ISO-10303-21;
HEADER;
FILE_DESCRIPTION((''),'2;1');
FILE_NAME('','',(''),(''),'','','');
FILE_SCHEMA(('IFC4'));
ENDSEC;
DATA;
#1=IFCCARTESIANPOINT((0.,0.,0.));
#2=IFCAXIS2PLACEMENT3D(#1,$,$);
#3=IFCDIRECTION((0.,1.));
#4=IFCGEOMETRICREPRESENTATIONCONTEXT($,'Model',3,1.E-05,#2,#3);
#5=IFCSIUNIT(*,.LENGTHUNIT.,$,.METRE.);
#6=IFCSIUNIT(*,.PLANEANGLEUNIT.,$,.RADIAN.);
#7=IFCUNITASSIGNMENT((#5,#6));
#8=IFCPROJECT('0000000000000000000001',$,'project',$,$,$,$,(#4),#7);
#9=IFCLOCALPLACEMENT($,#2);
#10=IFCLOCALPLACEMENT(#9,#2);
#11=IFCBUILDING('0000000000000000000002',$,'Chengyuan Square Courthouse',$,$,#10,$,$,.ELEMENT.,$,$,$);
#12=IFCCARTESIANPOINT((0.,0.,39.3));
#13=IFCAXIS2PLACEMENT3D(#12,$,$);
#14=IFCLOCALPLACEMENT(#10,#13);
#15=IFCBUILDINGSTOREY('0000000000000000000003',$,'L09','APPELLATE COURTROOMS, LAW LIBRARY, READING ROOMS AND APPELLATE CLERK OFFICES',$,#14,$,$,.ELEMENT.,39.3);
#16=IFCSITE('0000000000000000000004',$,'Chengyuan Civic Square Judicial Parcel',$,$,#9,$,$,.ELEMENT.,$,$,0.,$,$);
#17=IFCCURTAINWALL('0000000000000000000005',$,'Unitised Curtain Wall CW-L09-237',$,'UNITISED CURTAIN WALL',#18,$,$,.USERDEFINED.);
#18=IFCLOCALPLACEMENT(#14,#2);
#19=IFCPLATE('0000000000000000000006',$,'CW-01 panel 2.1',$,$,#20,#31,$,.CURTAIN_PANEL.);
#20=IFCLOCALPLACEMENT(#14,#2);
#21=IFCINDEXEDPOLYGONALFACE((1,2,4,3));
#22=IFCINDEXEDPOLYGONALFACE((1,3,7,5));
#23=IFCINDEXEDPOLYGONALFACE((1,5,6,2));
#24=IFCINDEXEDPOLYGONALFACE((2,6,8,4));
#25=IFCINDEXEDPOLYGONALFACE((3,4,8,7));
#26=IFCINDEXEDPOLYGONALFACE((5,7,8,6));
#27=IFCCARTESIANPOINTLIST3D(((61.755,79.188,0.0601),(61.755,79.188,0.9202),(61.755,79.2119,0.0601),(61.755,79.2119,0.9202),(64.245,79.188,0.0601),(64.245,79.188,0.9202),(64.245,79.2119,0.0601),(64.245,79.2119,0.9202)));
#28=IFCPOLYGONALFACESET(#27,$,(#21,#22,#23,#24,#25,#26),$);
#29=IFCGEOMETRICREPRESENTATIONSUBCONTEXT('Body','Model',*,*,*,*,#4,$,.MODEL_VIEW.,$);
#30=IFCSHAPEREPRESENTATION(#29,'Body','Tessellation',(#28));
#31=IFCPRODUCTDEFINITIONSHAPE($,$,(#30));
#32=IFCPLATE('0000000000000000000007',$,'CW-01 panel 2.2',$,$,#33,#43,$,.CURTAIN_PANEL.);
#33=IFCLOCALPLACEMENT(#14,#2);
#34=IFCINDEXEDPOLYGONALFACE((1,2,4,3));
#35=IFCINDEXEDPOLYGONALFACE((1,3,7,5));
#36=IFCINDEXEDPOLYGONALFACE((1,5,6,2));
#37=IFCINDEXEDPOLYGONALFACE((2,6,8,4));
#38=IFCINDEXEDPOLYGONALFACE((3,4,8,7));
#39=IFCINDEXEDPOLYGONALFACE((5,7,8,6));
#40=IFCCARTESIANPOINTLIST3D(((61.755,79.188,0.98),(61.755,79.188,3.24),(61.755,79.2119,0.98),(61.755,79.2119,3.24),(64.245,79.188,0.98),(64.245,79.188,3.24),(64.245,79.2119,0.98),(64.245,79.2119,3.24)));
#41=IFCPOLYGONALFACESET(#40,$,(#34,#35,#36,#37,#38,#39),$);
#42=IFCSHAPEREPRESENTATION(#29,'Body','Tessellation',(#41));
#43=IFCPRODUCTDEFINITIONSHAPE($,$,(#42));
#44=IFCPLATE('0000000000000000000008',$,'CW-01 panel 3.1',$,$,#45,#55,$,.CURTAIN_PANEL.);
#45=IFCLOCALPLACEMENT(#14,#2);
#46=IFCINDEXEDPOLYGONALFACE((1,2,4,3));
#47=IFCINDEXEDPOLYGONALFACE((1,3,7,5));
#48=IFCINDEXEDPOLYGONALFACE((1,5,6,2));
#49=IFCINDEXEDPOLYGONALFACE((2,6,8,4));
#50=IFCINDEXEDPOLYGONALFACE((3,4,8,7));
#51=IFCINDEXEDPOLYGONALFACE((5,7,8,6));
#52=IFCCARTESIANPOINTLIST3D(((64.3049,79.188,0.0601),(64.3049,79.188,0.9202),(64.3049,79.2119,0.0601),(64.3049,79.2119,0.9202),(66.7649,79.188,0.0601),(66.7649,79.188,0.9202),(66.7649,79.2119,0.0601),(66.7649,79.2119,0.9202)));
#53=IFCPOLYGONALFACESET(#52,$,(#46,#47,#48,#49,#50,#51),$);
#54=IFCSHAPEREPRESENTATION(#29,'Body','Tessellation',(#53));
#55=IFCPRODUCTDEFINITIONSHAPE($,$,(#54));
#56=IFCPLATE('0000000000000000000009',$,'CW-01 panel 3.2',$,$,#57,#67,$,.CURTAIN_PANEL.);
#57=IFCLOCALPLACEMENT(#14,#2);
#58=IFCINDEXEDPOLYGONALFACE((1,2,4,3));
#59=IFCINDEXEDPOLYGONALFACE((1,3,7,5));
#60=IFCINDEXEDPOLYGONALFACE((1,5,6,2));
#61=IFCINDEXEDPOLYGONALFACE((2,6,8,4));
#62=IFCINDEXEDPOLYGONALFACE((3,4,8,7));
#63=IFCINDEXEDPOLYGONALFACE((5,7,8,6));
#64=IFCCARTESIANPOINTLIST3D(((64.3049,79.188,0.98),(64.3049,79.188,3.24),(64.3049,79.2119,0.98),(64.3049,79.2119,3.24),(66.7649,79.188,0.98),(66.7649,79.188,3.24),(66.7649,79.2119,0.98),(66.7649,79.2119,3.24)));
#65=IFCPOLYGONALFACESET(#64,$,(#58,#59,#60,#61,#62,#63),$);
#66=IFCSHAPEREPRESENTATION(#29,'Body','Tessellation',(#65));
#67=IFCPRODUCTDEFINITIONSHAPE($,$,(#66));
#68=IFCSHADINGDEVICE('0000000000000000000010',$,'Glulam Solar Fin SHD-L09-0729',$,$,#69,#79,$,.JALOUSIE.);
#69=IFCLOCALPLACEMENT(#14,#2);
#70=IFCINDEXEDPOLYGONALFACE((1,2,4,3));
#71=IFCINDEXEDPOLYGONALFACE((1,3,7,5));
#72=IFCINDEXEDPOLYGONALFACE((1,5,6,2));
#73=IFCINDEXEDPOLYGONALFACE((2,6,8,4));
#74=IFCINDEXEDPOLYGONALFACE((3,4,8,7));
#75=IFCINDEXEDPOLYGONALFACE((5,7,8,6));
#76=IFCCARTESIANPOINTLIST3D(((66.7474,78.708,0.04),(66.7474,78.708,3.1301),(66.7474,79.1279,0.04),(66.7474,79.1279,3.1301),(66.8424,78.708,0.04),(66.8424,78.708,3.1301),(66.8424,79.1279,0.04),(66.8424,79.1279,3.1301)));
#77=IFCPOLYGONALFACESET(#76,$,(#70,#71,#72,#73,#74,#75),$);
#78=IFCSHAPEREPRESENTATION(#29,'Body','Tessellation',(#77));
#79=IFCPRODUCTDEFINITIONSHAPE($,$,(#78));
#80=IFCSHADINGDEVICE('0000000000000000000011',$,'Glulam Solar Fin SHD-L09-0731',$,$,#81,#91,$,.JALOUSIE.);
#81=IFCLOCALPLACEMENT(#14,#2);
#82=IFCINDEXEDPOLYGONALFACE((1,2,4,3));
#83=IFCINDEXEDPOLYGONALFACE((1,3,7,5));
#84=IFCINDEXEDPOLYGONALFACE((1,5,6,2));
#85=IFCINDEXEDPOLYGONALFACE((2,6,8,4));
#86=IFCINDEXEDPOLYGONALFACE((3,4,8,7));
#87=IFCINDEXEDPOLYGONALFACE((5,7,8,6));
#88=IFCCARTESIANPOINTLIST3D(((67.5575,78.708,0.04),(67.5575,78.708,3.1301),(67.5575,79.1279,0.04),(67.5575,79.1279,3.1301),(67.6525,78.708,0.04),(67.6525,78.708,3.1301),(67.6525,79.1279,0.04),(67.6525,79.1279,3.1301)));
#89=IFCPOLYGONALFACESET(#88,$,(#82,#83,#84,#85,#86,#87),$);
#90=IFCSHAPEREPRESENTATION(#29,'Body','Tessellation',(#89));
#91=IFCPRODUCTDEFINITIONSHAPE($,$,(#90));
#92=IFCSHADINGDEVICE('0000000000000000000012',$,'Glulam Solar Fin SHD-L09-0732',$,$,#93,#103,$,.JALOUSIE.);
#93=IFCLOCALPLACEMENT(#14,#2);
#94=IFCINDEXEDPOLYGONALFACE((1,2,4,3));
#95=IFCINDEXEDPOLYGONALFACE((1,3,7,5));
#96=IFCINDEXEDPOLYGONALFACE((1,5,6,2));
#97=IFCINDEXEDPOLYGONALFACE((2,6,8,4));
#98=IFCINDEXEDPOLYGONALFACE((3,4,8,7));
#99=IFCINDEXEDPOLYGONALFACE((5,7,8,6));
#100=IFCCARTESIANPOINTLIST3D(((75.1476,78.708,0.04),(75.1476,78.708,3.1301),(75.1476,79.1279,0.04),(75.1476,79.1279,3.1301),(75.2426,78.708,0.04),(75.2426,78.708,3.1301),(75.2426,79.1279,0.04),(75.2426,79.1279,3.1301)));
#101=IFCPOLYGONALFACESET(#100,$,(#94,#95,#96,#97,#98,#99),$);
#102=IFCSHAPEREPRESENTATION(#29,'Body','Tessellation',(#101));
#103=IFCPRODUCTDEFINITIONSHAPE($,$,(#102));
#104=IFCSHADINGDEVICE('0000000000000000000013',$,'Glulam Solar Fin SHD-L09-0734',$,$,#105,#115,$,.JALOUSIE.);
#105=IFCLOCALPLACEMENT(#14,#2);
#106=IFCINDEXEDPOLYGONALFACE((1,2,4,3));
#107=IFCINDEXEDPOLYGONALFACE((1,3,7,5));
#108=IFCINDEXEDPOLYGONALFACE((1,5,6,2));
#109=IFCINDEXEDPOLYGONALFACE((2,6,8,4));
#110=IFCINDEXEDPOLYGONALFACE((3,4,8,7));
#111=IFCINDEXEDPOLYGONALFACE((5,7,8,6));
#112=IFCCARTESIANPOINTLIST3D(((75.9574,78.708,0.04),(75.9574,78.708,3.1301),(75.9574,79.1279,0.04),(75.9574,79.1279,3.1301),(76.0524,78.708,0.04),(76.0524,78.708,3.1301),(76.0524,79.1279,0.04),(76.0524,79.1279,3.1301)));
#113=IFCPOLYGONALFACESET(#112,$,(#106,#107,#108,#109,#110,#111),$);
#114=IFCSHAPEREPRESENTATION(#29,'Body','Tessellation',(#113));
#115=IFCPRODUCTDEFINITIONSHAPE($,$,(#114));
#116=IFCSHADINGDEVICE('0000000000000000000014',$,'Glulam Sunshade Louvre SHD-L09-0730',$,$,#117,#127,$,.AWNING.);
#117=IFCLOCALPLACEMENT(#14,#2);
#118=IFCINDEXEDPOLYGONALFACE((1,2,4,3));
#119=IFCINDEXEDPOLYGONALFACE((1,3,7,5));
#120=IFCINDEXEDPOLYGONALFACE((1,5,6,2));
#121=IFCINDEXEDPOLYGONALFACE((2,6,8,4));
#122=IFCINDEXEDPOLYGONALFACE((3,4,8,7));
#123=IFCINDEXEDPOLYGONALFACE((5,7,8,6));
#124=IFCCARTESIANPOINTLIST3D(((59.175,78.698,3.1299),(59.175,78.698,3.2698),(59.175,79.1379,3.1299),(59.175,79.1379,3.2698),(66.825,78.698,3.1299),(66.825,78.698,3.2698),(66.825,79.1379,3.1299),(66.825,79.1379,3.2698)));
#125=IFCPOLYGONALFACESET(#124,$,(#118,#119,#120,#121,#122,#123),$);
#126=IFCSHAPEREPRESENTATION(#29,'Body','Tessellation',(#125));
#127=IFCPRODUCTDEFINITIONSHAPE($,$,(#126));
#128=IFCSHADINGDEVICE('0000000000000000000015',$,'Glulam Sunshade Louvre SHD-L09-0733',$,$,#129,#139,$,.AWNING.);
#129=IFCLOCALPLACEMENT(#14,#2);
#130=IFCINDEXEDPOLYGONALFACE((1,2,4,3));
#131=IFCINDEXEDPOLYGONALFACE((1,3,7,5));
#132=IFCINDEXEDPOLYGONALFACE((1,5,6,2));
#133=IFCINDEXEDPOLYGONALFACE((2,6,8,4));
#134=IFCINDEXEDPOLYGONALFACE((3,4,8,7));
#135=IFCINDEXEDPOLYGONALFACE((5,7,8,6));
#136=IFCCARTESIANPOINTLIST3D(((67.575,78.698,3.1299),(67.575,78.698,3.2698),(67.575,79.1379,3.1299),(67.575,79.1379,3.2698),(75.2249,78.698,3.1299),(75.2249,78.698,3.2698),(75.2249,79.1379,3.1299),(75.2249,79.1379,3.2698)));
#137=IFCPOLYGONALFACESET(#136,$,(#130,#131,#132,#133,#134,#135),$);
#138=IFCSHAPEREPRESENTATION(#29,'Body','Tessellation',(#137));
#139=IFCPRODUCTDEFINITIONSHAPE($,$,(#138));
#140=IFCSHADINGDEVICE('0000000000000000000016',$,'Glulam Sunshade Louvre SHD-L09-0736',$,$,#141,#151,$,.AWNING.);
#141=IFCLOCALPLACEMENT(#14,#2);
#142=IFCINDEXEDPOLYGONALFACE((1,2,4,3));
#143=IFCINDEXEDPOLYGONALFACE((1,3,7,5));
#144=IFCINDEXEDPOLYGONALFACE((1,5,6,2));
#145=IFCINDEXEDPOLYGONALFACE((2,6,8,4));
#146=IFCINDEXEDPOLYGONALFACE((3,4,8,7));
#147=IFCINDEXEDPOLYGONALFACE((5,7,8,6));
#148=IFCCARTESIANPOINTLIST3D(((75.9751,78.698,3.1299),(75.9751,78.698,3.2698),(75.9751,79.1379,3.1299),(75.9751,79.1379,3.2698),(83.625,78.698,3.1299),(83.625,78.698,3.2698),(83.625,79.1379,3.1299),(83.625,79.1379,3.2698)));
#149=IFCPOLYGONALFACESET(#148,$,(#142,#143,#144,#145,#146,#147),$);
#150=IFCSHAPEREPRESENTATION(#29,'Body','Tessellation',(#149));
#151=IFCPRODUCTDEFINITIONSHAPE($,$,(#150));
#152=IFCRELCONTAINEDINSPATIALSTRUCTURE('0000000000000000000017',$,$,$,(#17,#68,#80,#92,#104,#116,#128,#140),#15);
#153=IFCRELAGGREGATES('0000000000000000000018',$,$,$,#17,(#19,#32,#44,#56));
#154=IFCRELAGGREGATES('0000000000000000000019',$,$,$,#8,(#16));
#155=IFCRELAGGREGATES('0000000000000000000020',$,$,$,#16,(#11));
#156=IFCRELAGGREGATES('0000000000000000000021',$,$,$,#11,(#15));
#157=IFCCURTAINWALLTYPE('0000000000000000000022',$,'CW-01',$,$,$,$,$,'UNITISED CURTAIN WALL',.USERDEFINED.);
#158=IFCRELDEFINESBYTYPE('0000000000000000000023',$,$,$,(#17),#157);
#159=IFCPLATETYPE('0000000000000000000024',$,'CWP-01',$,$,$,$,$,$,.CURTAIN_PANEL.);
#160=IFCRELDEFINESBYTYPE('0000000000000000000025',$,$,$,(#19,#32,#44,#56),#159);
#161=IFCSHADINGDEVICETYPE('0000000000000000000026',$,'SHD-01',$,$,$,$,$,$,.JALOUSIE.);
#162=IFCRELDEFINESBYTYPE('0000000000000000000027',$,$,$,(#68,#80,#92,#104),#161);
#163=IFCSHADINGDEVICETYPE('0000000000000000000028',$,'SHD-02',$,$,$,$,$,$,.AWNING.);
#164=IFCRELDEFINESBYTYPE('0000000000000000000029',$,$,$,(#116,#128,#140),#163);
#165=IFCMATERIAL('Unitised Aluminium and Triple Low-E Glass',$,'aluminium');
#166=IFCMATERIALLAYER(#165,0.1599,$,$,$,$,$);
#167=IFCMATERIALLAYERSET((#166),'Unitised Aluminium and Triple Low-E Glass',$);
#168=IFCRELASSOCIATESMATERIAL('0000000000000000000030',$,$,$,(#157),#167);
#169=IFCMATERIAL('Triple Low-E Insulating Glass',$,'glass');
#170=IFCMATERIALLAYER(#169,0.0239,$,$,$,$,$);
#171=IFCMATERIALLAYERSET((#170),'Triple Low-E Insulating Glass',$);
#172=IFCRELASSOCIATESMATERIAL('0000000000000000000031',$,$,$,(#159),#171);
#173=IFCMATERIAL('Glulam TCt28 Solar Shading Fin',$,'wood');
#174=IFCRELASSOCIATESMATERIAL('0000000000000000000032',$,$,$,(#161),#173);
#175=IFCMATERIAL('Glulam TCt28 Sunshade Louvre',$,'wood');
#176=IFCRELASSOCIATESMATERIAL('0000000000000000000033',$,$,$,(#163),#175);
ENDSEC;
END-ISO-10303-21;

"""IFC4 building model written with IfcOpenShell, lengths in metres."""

from ifc_helpers import new_model, si_unit, direction, frame, origin, origin_2d, place, context, subcontext, project, spatial, rectangle, extrude, material, layer, layer_set, type_object, element, aggregate, save


model = new_model("IFC4")

# Units and contexts
model_context = context("Model", 3, precision=1e-05, world=origin(), true_north=direction((0.0, 1.0)))
body_context = subcontext(model_context, "Body", "Model", "MODEL_VIEW")
ifc_project = project(units=[si_unit("LENGTHUNIT", "METRE"), si_unit("PLANEANGLEUNIT", "RADIAN")], contexts=[model_context])

# Site, building, storey
site_placement = place(None, origin())
site = spatial("IfcSite", under=ifc_project, at=site_placement, Name="Chengyuan Civic Square Judicial Parcel", CompositionType="ELEMENT", RefElevation=0.0)
building_placement = place(site_placement, origin())
building = spatial("IfcBuilding", under=site, at=building_placement, Name="Chengyuan Square Courthouse", CompositionType="ELEMENT")
storey_placement = place(building_placement, frame((0.0, 0.0, 39.3)))
storey = spatial("IfcBuildingStorey", under=building, at=storey_placement, Name="L09", Description="APPELLATE COURTROOMS, LAW LIBRARY, READING ROOMS AND APPELLATE CLERK OFFICES", CompositionType="ELEMENT", Elevation=39.3)

# Curtain wall
ifc_material_1 = material(Name="Unitised Aluminium and Triple Low-E Glass", Category="aluminium")
ifc_layer_1 = layer(ifc_material_1, 0.1599)
ifc_layer_set_1 = layer_set([ifc_layer_1], Name="Unitised Aluminium and Triple Low-E Glass")
curtain_wall_type = type_object("IfcCurtainWallType", Name="CW-01", ElementType="UNITISED CURTAIN WALL", PredefinedType="USERDEFINED", material=ifc_layer_set_1)
curtain_wall_1_placement = place(storey_placement, origin())
curtain_wall_1 = element("IfcCurtainWall", 1, at=curtain_wall_1_placement, inside=storey, type_object=curtain_wall_type, Name="Unitised Curtain Wall CW-L09-237", ObjectType="UNITISED CURTAIN WALL", PredefinedType="USERDEFINED")

# Plates
ifc_material_2 = material(Name="Triple Low-E Insulating Glass", Category="glass")
ifc_layer_2 = layer(ifc_material_2, 0.0239)
ifc_layer_set_2 = layer_set([ifc_layer_2], Name="Triple Low-E Insulating Glass")
plate_type = type_object("IfcPlateType", Name="CWP-01", PredefinedType="CURTAIN_PANEL", material=ifc_layer_set_2)
plate_1_placement = place(storey_placement, frame((63.0, 79.2, 0.0601), z_axis=(0.0, 0.0, 1.0), x_axis=(1.0, 0.0, 0.0)))
plate_1 = element("IfcPlate", 2, at=plate_1_placement, type_object=plate_type, Name="CW-01 panel 2.1", PredefinedType="CURTAIN_PANEL", context=body_context, shape_type="SweptSolid", body=[
    extrude(rectangle(XDim=2.49, YDim=0.0239, at=origin_2d()), origin(), (0.0, 0.0, 1.0), 0.8601),
])
plate_2_placement = place(storey_placement, frame((63.0, 79.2, 0.98), z_axis=(0.0, 0.0, 1.0), x_axis=(1.0, 0.0, 0.0)))
plate_2 = element("IfcPlate", 3, at=plate_2_placement, type_object=plate_type, Name="CW-01 panel 2.2", PredefinedType="CURTAIN_PANEL", context=body_context, shape_type="SweptSolid", body=[
    extrude(rectangle(XDim=2.49, YDim=0.0239, at=origin_2d()), origin(), (0.0, 0.0, 1.0), 2.26),
])
plate_3_placement = place(storey_placement, frame((65.5349, 79.2, 0.0601), z_axis=(0.0, 0.0, 1.0), x_axis=(1.0, 0.0, 0.0)))
plate_3 = element("IfcPlate", 4, at=plate_3_placement, type_object=plate_type, Name="CW-01 panel 3.1", PredefinedType="CURTAIN_PANEL", context=body_context, shape_type="SweptSolid", body=[
    extrude(rectangle(XDim=2.46, YDim=0.0239, at=origin_2d()), origin(), (0.0, 0.0, 1.0), 0.8601),
])
plate_4_placement = place(storey_placement, frame((65.5349, 79.2, 0.98), z_axis=(0.0, 0.0, 1.0), x_axis=(1.0, 0.0, 0.0)))
plate_4 = element("IfcPlate", 5, at=plate_4_placement, type_object=plate_type, Name="CW-01 panel 3.2", PredefinedType="CURTAIN_PANEL", context=body_context, shape_type="SweptSolid", body=[
    extrude(rectangle(XDim=2.46, YDim=0.0239, at=origin_2d()), origin(), (0.0, 0.0, 1.0), 2.26),
])
aggregate(curtain_wall_1, [plate_1, plate_2, plate_3, plate_4])

# Shading devices
ifc_material_3 = material(Name="Glulam TCt28 Solar Shading Fin", Category="wood")
shading_device_type_1 = type_object("IfcShadingDeviceType", Name="SHD-01", PredefinedType="JALOUSIE", material=ifc_material_3)
for number, where, z_axis, x_axis, name in (
    (6, (66.7949, 78.918, 0.04), (0.0, 0.0, 1.0), (0.0, 1.0, 0.0), "Glulam Solar Fin SHD-L09-0729"),
    (7, (67.605, 78.918, 0.04), (0.0, 0.0, 1.0), (0.0, 1.0, 0.0), "Glulam Solar Fin SHD-L09-0731"),
    (8, (75.1951, 78.918, 0.04), (0.0, 0.0, 1.0), (0.0, 1.0, 0.0), "Glulam Solar Fin SHD-L09-0732"),
    (9, (76.0049, 78.918, 0.04), (0.0, 0.0, 1.0), (0.0, 1.0, 0.0), "Glulam Solar Fin SHD-L09-0734"),
):
    element("IfcShadingDevice", number, at=place(storey_placement, frame(where, z_axis=z_axis, x_axis=x_axis)), inside=storey, type_object=shading_device_type_1, Name=name, PredefinedType="JALOUSIE", context=body_context, shape_type="SweptSolid", body=[
        extrude(rectangle(XDim=0.4199, YDim=0.095, at=origin_2d()), origin(), (0.0, 0.0, 1.0), 3.0901),
    ])
ifc_material_4 = material(Name="Glulam TCt28 Sunshade Louvre", Category="wood")
shading_device_type_2 = type_object("IfcShadingDeviceType", Name="SHD-02", PredefinedType="AWNING", material=ifc_material_4)
for number, where, z_axis, x_axis, name in (
    (10, (63.0, 78.918, 3.1299), (0.0, 0.0, 1.0), (1.0, 0.0, 0.0), "Glulam Sunshade Louvre SHD-L09-0730"),
    (11, (71.3999, 78.918, 3.1299), (0.0, 0.0, 1.0), (1.0, 0.0, 0.0), "Glulam Sunshade Louvre SHD-L09-0733"),
    (12, (79.8, 78.918, 3.1299), (0.0, 0.0, 1.0), (1.0, 0.0, 0.0), "Glulam Sunshade Louvre SHD-L09-0736"),
):
    element("IfcShadingDevice", number, at=place(storey_placement, frame(where, z_axis=z_axis, x_axis=x_axis)), inside=storey, type_object=shading_device_type_2, Name=name, PredefinedType="AWNING", context=body_context, shape_type="SweptSolid", body=[
        extrude(rectangle(XDim=7.6499, YDim=0.4399, at=origin_2d()), origin(), (0.0, 0.0, 1.0), 0.1399),
    ])

save(model, "model.ifc")
